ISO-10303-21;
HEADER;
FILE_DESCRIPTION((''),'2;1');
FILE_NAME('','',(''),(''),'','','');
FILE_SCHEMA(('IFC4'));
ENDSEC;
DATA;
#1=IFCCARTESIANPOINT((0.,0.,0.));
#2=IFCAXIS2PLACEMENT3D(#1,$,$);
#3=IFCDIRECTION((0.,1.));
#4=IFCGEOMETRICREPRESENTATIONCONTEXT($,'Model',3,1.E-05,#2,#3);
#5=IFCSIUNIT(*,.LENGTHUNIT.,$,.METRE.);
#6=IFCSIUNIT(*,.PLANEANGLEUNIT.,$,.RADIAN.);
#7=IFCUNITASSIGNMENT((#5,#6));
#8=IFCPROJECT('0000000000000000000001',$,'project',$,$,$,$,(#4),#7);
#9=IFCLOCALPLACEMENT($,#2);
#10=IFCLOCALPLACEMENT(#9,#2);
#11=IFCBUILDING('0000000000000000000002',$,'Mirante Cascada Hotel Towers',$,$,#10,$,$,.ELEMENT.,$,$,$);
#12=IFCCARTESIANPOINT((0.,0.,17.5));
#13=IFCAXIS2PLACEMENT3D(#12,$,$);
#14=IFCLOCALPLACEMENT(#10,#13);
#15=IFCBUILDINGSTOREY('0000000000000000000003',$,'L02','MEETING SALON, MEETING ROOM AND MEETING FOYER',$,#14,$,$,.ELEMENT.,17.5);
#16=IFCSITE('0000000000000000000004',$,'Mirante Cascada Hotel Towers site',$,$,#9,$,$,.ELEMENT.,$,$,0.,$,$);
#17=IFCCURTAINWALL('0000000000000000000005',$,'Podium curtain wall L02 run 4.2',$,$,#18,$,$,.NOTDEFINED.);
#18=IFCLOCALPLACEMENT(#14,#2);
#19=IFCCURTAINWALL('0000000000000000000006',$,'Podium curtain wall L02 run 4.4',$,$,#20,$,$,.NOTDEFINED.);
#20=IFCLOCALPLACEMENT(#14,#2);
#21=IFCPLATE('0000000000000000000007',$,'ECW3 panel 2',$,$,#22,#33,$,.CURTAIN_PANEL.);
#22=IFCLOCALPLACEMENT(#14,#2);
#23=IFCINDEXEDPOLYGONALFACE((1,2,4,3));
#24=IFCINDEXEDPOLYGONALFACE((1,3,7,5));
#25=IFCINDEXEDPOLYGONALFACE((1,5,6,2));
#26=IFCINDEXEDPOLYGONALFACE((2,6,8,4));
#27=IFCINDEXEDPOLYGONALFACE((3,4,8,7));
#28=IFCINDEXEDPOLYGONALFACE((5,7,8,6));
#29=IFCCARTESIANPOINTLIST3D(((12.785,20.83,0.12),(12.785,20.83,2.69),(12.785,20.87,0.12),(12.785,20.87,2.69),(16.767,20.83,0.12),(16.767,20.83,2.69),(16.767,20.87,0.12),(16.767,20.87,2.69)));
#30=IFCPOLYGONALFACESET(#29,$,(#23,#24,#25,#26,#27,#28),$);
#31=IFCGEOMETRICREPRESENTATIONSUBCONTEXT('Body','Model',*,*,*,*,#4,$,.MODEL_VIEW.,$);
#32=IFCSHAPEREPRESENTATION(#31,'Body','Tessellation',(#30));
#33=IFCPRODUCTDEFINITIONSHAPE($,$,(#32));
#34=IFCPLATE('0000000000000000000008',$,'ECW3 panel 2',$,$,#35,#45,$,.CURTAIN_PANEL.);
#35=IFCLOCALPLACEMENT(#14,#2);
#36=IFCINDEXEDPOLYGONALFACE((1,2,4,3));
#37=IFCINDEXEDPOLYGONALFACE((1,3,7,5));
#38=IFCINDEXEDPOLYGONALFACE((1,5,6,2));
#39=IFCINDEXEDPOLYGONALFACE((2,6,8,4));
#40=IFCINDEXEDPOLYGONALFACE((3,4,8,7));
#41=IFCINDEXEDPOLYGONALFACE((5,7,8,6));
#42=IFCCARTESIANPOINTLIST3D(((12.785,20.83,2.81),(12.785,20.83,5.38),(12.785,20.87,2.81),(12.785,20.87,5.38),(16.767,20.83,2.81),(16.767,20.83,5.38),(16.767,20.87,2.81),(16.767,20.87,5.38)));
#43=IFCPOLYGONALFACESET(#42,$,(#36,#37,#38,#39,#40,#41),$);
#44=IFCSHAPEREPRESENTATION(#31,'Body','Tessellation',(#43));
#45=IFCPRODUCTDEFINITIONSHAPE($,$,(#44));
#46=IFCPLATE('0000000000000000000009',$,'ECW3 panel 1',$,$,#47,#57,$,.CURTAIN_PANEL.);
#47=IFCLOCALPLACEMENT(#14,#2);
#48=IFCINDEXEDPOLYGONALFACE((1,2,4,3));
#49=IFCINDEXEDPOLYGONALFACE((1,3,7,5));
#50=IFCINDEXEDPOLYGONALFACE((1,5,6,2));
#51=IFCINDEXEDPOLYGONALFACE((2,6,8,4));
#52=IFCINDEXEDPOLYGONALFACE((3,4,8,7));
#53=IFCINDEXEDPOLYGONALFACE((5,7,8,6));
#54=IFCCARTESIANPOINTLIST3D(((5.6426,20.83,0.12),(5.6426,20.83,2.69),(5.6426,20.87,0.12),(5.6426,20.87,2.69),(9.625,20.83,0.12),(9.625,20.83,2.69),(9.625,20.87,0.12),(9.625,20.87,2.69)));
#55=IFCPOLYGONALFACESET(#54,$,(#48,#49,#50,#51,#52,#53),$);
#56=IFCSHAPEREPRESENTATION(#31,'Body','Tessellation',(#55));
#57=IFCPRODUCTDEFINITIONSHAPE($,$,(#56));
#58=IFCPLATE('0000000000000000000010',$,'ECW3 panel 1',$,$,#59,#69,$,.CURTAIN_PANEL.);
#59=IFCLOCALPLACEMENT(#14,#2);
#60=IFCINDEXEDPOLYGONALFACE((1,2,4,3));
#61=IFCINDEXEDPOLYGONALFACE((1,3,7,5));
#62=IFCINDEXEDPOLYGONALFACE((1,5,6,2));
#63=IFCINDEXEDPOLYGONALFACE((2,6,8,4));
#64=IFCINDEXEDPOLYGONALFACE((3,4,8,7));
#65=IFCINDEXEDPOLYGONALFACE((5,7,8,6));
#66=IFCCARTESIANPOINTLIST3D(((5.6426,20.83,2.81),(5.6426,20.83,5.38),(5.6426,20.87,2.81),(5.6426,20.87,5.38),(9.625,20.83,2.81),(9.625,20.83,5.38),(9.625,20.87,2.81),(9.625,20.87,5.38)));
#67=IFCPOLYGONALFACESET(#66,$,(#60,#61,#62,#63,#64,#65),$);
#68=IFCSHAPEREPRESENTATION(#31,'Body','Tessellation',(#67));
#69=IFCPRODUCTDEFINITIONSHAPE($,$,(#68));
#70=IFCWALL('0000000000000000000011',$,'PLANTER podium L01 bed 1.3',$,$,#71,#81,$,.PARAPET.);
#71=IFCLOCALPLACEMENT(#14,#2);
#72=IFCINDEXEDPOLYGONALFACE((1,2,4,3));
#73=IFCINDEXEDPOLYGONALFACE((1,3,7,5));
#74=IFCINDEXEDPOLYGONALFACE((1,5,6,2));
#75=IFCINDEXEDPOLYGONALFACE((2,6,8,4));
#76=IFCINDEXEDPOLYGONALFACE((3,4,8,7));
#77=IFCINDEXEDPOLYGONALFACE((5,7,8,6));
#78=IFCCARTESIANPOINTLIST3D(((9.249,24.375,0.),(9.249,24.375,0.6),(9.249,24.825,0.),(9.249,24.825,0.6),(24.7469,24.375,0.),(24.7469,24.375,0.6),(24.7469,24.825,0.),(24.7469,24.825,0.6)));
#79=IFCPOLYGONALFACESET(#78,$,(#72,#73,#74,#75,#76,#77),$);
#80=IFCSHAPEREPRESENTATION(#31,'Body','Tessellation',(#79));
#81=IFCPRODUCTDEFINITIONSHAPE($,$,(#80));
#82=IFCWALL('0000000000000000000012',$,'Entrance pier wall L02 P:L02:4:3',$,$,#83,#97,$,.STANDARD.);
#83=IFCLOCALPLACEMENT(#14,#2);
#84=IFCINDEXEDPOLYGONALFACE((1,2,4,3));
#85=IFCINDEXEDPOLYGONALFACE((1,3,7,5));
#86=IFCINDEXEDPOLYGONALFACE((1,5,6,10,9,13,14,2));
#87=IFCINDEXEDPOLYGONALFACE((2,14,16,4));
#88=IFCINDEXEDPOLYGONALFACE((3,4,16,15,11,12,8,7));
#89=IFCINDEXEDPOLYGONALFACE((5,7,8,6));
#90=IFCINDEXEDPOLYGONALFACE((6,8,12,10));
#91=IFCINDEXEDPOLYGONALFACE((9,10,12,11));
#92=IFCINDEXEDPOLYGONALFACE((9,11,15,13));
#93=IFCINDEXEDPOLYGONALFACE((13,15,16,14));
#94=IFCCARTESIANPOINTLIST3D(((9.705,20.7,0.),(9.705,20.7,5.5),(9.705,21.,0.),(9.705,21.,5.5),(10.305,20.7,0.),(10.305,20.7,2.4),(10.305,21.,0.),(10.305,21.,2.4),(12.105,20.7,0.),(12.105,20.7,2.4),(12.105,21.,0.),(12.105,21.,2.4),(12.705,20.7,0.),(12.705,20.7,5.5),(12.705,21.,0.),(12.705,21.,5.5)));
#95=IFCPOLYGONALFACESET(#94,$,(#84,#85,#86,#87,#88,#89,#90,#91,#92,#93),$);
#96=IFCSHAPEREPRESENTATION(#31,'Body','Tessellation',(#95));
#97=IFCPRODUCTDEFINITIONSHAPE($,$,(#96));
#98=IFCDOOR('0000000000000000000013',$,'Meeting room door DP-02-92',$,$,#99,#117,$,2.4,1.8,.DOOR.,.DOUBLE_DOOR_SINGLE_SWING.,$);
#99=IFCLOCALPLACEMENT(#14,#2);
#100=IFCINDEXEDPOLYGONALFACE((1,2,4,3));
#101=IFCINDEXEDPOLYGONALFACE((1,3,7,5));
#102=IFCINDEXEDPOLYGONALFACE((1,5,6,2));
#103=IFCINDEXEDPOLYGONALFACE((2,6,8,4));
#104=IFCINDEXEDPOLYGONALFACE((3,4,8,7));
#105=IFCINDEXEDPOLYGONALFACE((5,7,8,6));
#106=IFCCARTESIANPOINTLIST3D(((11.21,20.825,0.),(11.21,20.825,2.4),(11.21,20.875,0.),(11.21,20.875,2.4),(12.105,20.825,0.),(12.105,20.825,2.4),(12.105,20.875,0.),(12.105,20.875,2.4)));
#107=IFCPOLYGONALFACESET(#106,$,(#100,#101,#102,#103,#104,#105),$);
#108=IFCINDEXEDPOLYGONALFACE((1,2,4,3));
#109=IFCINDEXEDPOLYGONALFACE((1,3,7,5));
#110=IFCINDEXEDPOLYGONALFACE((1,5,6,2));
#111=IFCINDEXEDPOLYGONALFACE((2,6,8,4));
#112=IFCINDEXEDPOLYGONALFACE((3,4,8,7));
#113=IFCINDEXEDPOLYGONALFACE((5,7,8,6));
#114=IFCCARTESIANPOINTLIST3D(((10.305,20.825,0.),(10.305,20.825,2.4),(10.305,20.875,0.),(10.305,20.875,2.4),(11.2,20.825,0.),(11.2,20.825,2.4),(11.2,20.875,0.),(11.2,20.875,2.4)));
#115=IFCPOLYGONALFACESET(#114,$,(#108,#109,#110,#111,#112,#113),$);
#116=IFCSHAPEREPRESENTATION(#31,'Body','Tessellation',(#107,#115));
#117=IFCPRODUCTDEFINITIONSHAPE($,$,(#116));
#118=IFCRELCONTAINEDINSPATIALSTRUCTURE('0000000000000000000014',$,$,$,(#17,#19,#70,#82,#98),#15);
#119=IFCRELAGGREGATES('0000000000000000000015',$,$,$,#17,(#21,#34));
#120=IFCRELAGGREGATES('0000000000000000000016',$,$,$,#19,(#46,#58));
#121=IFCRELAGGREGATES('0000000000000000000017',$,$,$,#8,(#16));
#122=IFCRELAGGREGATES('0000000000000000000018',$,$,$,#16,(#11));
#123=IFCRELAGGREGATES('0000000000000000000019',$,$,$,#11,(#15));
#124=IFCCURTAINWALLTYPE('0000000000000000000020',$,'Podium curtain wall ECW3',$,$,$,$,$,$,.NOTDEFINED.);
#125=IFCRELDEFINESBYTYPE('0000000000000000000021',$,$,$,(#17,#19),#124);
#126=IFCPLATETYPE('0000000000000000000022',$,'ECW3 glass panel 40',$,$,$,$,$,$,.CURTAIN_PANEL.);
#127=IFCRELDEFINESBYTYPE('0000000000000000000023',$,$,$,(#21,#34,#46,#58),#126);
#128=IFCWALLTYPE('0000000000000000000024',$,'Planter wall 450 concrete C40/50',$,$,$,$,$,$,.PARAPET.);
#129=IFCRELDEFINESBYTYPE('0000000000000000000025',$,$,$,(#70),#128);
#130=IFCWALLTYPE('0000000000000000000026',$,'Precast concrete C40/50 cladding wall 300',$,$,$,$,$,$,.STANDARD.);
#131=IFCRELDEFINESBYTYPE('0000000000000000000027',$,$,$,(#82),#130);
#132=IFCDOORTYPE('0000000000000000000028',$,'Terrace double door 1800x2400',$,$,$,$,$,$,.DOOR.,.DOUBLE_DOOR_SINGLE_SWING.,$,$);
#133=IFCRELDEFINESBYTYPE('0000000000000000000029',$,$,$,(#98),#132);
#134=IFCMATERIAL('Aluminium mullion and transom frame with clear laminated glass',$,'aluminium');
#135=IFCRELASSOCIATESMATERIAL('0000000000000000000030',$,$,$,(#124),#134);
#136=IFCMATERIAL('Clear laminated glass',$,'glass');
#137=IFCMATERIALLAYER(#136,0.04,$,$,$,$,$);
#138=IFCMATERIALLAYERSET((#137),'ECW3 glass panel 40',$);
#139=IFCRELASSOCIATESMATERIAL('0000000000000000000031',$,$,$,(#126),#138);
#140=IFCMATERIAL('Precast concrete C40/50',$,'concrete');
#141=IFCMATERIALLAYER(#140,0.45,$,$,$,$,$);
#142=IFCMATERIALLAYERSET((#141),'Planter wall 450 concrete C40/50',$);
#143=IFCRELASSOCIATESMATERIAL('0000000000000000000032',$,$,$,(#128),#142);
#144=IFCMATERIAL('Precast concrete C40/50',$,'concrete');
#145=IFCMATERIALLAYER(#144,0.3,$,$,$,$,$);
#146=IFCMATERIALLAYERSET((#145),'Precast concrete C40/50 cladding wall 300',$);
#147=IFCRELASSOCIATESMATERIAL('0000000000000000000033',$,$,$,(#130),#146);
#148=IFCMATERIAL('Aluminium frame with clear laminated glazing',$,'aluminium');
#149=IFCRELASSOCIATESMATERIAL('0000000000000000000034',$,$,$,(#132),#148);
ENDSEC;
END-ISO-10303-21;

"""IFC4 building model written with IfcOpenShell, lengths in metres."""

from ifc_helpers import new_model, si_unit, direction, frame, frame_2d, origin, origin_2d, place, context, subcontext, project, spatial, rectangle, extrude, material, layer, layer_set, type_object, element, fill, aggregate, save


model = new_model("IFC4")

# Units and contexts
model_context = context("Model", 3, precision=1e-05, world=origin(), true_north=direction((0.0, 1.0)))
body_context = subcontext(model_context, "Body", "Model", "MODEL_VIEW")
ifc_project = project(units=[si_unit("LENGTHUNIT", "METRE"), si_unit("PLANEANGLEUNIT", "RADIAN")], contexts=[model_context])

# Site, building, storey
site_placement = place(None, origin())
site = spatial("IfcSite", under=ifc_project, at=site_placement, Name="Mirante Cascada Hotel Towers site", CompositionType="ELEMENT", RefElevation=0.0)
building_placement = place(site_placement, origin())
building = spatial("IfcBuilding", under=site, at=building_placement, Name="Mirante Cascada Hotel Towers", CompositionType="ELEMENT")
storey_placement = place(building_placement, frame((0.0, 0.0, 17.5)))
storey = spatial("IfcBuildingStorey", under=building, at=storey_placement, Name="L02", Description="MEETING SALON, MEETING ROOM AND MEETING FOYER", CompositionType="ELEMENT", Elevation=17.5)

# Curtain walls
ifc_material_1 = material(Name="Aluminium mullion and transom frame with clear laminated glass", Category="aluminium")
curtain_wall_type = type_object("IfcCurtainWallType", Name="Podium curtain wall ECW3", PredefinedType="NOTDEFINED", material=ifc_material_1)
curtain_wall_1_placement = place(storey_placement, origin())
curtain_wall_1 = element("IfcCurtainWall", 1, at=curtain_wall_1_placement, inside=storey, type_object=curtain_wall_type, Name="Podium curtain wall L02 run 4.2", PredefinedType="NOTDEFINED")
curtain_wall_2_placement = place(storey_placement, origin())
curtain_wall_2 = element("IfcCurtainWall", 2, at=curtain_wall_2_placement, inside=storey, type_object=curtain_wall_type, Name="Podium curtain wall L02 run 4.4", PredefinedType="NOTDEFINED")

# Plates
ifc_material_2 = material(Name="Clear laminated glass", Category="glass")
ifc_layer_1 = layer(ifc_material_2, 0.04)
ifc_layer_set_1 = layer_set([ifc_layer_1], Name="ECW3 glass panel 40")
plate_type = type_object("IfcPlateType", Name="ECW3 glass panel 40", PredefinedType="CURTAIN_PANEL", material=ifc_layer_set_1)
plate_1_placement = place(storey_placement, frame((14.776, 20.85, 0.12), z_axis=(0.0, 0.0, 1.0), x_axis=(-1.0, 0.0, 0.0)))
plate_1 = element("IfcPlate", 3, at=plate_1_placement, type_object=plate_type, Name="ECW3 panel 2", PredefinedType="CURTAIN_PANEL", context=body_context, shape_type="SweptSolid", body=[
    extrude(rectangle(XDim=3.982, YDim=0.04, at=origin_2d()), origin(), (0.0, 0.0, 1.0), 2.57),
])
plate_2_placement = place(storey_placement, frame((14.776, 20.85, 2.81), z_axis=(0.0, 0.0, 1.0), x_axis=(-1.0, 0.0, 0.0)))
plate_2 = element("IfcPlate", 4, at=plate_2_placement, type_object=plate_type, Name="ECW3 panel 2", PredefinedType="CURTAIN_PANEL", context=body_context, shape_type="SweptSolid", body=[
    extrude(rectangle(XDim=3.982, YDim=0.04, at=origin_2d()), origin(), (0.0, 0.0, 1.0), 2.57),
])
aggregate(curtain_wall_1, [plate_1, plate_2])
plate_3_placement = place(storey_placement, frame((7.6338, 20.85, 0.12), z_axis=(0.0, 0.0, 1.0), x_axis=(-1.0, 0.0, 0.0)))
plate_3 = element("IfcPlate", 5, at=plate_3_placement, type_object=plate_type, Name="ECW3 panel 1", PredefinedType="CURTAIN_PANEL", context=body_context, shape_type="SweptSolid", body=[
    extrude(rectangle(XDim=3.9825, YDim=0.04, at=origin_2d()), origin(), (0.0, 0.0, 1.0), 2.57),
])
plate_4_placement = place(storey_placement, frame((7.6338, 20.85, 2.81), z_axis=(0.0, 0.0, 1.0), x_axis=(-1.0, 0.0, 0.0)))
plate_4 = element("IfcPlate", 6, at=plate_4_placement, type_object=plate_type, Name="ECW3 panel 1", PredefinedType="CURTAIN_PANEL", context=body_context, shape_type="SweptSolid", body=[
    extrude(rectangle(XDim=3.9825, YDim=0.04, at=origin_2d()), origin(), (0.0, 0.0, 1.0), 2.57),
])
aggregate(curtain_wall_2, [plate_3, plate_4])

# Wall
ifc_material_3 = material(Name="Precast concrete C40/50", Category="concrete")
ifc_layer_2 = layer(ifc_material_3, 0.45)
ifc_layer_set_2 = layer_set([ifc_layer_2], Name="Planter wall 450 concrete C40/50")
wall_type_1 = type_object("IfcWallType", Name="Planter wall 450 concrete C40/50", PredefinedType="PARAPET", material=ifc_layer_set_2)
wall_1_placement = place(storey_placement, frame((9.249, 24.6, 0.0), z_axis=(0.0, 0.0, 1.0), x_axis=(1.0, 0.0, 0.0)))
element("IfcWall", 7, at=wall_1_placement, inside=storey, type_object=wall_type_1, Name="PLANTER podium L01 bed 1.3", PredefinedType="PARAPET", context=body_context, shape_type="SweptSolid", body=[
    extrude(rectangle(XDim=15.4979, YDim=0.45, at=frame_2d((7.749, 0.0))), origin(), (0.0, 0.0, 1.0), 0.6),
])

# Wall, opening, door
ifc_material_4 = material(Name="Precast concrete C40/50", Category="concrete")
ifc_layer_3 = layer(ifc_material_4, 0.3)
ifc_layer_set_3 = layer_set([ifc_layer_3], Name="Precast concrete C40/50 cladding wall 300")
wall_type_2 = type_object("IfcWallType", Name="Precast concrete C40/50 cladding wall 300", PredefinedType="STANDARD", material=ifc_layer_set_3)
wall_2_placement = place(storey_placement, frame((12.705, 20.85, 0.0), z_axis=(0.0, 0.0, 1.0), x_axis=(-1.0, 0.0, 0.0)))
wall_2 = element("IfcWall", 8, at=wall_2_placement, inside=storey, type_object=wall_type_2, Name="Entrance pier wall L02 P:L02:4:3", PredefinedType="STANDARD", context=body_context, shape_type="SweptSolid", body=[
    extrude(rectangle(XDim=3.0, YDim=0.3, at=frame_2d((1.5, 0.0))), origin(), (0.0, 0.0, 1.0), 5.5),
])
opening_placement = place(wall_2_placement, frame((0.6, 0.0, 0.0)))
opening = element("IfcOpeningElement", 9, at=opening_placement, cuts=wall_2, PredefinedType="OPENING", context=body_context, shape_type="SweptSolid", body=[
    extrude(rectangle(XDim=1.8, YDim=2.4, at=frame_2d((0.9, 1.2))), frame((0.0, 0.15, 0.0), z_axis=(0.0, -1.0, 0.0), x_axis=(1.0, 0.0, 0.0)), (0.0, 0.0, 1.0), 0.3),
])
ifc_material_5 = material(Name="Aluminium frame with clear laminated glazing", Category="aluminium")
door_type = type_object("IfcDoorType", Name="Terrace double door 1800x2400", OperationType="DOUBLE_DOOR_SINGLE_SWING", PredefinedType="DOOR", material=ifc_material_5)
door_placement = place(opening_placement, origin())
door = element("IfcDoor", 10, at=door_placement, inside=storey, type_object=door_type, Name="Meeting room door DP-02-92", OperationType="DOUBLE_DOOR_SINGLE_SWING", OverallHeight=2.4, OverallWidth=1.8, PredefinedType="DOOR", context=body_context, shape_type="SweptSolid", body=[
    extrude(rectangle(XDim=0.895, YDim=2.4, at=frame_2d((0.4475, 1.2))), frame((0.0, 0.025, 0.0), z_axis=(0.0, -1.0, 0.0), x_axis=(1.0, 0.0, 0.0)), (0.0, 0.0, 1.0), 0.05),
    extrude(rectangle(XDim=0.895, YDim=2.4, at=frame_2d((1.3525, 1.2))), frame((0.0, 0.025, 0.0), z_axis=(0.0, -1.0, 0.0), x_axis=(1.0, 0.0, 0.0)), (0.0, 0.0, 1.0), 0.05),
])
fill(opening, door)

save(model, "model.ifc")
